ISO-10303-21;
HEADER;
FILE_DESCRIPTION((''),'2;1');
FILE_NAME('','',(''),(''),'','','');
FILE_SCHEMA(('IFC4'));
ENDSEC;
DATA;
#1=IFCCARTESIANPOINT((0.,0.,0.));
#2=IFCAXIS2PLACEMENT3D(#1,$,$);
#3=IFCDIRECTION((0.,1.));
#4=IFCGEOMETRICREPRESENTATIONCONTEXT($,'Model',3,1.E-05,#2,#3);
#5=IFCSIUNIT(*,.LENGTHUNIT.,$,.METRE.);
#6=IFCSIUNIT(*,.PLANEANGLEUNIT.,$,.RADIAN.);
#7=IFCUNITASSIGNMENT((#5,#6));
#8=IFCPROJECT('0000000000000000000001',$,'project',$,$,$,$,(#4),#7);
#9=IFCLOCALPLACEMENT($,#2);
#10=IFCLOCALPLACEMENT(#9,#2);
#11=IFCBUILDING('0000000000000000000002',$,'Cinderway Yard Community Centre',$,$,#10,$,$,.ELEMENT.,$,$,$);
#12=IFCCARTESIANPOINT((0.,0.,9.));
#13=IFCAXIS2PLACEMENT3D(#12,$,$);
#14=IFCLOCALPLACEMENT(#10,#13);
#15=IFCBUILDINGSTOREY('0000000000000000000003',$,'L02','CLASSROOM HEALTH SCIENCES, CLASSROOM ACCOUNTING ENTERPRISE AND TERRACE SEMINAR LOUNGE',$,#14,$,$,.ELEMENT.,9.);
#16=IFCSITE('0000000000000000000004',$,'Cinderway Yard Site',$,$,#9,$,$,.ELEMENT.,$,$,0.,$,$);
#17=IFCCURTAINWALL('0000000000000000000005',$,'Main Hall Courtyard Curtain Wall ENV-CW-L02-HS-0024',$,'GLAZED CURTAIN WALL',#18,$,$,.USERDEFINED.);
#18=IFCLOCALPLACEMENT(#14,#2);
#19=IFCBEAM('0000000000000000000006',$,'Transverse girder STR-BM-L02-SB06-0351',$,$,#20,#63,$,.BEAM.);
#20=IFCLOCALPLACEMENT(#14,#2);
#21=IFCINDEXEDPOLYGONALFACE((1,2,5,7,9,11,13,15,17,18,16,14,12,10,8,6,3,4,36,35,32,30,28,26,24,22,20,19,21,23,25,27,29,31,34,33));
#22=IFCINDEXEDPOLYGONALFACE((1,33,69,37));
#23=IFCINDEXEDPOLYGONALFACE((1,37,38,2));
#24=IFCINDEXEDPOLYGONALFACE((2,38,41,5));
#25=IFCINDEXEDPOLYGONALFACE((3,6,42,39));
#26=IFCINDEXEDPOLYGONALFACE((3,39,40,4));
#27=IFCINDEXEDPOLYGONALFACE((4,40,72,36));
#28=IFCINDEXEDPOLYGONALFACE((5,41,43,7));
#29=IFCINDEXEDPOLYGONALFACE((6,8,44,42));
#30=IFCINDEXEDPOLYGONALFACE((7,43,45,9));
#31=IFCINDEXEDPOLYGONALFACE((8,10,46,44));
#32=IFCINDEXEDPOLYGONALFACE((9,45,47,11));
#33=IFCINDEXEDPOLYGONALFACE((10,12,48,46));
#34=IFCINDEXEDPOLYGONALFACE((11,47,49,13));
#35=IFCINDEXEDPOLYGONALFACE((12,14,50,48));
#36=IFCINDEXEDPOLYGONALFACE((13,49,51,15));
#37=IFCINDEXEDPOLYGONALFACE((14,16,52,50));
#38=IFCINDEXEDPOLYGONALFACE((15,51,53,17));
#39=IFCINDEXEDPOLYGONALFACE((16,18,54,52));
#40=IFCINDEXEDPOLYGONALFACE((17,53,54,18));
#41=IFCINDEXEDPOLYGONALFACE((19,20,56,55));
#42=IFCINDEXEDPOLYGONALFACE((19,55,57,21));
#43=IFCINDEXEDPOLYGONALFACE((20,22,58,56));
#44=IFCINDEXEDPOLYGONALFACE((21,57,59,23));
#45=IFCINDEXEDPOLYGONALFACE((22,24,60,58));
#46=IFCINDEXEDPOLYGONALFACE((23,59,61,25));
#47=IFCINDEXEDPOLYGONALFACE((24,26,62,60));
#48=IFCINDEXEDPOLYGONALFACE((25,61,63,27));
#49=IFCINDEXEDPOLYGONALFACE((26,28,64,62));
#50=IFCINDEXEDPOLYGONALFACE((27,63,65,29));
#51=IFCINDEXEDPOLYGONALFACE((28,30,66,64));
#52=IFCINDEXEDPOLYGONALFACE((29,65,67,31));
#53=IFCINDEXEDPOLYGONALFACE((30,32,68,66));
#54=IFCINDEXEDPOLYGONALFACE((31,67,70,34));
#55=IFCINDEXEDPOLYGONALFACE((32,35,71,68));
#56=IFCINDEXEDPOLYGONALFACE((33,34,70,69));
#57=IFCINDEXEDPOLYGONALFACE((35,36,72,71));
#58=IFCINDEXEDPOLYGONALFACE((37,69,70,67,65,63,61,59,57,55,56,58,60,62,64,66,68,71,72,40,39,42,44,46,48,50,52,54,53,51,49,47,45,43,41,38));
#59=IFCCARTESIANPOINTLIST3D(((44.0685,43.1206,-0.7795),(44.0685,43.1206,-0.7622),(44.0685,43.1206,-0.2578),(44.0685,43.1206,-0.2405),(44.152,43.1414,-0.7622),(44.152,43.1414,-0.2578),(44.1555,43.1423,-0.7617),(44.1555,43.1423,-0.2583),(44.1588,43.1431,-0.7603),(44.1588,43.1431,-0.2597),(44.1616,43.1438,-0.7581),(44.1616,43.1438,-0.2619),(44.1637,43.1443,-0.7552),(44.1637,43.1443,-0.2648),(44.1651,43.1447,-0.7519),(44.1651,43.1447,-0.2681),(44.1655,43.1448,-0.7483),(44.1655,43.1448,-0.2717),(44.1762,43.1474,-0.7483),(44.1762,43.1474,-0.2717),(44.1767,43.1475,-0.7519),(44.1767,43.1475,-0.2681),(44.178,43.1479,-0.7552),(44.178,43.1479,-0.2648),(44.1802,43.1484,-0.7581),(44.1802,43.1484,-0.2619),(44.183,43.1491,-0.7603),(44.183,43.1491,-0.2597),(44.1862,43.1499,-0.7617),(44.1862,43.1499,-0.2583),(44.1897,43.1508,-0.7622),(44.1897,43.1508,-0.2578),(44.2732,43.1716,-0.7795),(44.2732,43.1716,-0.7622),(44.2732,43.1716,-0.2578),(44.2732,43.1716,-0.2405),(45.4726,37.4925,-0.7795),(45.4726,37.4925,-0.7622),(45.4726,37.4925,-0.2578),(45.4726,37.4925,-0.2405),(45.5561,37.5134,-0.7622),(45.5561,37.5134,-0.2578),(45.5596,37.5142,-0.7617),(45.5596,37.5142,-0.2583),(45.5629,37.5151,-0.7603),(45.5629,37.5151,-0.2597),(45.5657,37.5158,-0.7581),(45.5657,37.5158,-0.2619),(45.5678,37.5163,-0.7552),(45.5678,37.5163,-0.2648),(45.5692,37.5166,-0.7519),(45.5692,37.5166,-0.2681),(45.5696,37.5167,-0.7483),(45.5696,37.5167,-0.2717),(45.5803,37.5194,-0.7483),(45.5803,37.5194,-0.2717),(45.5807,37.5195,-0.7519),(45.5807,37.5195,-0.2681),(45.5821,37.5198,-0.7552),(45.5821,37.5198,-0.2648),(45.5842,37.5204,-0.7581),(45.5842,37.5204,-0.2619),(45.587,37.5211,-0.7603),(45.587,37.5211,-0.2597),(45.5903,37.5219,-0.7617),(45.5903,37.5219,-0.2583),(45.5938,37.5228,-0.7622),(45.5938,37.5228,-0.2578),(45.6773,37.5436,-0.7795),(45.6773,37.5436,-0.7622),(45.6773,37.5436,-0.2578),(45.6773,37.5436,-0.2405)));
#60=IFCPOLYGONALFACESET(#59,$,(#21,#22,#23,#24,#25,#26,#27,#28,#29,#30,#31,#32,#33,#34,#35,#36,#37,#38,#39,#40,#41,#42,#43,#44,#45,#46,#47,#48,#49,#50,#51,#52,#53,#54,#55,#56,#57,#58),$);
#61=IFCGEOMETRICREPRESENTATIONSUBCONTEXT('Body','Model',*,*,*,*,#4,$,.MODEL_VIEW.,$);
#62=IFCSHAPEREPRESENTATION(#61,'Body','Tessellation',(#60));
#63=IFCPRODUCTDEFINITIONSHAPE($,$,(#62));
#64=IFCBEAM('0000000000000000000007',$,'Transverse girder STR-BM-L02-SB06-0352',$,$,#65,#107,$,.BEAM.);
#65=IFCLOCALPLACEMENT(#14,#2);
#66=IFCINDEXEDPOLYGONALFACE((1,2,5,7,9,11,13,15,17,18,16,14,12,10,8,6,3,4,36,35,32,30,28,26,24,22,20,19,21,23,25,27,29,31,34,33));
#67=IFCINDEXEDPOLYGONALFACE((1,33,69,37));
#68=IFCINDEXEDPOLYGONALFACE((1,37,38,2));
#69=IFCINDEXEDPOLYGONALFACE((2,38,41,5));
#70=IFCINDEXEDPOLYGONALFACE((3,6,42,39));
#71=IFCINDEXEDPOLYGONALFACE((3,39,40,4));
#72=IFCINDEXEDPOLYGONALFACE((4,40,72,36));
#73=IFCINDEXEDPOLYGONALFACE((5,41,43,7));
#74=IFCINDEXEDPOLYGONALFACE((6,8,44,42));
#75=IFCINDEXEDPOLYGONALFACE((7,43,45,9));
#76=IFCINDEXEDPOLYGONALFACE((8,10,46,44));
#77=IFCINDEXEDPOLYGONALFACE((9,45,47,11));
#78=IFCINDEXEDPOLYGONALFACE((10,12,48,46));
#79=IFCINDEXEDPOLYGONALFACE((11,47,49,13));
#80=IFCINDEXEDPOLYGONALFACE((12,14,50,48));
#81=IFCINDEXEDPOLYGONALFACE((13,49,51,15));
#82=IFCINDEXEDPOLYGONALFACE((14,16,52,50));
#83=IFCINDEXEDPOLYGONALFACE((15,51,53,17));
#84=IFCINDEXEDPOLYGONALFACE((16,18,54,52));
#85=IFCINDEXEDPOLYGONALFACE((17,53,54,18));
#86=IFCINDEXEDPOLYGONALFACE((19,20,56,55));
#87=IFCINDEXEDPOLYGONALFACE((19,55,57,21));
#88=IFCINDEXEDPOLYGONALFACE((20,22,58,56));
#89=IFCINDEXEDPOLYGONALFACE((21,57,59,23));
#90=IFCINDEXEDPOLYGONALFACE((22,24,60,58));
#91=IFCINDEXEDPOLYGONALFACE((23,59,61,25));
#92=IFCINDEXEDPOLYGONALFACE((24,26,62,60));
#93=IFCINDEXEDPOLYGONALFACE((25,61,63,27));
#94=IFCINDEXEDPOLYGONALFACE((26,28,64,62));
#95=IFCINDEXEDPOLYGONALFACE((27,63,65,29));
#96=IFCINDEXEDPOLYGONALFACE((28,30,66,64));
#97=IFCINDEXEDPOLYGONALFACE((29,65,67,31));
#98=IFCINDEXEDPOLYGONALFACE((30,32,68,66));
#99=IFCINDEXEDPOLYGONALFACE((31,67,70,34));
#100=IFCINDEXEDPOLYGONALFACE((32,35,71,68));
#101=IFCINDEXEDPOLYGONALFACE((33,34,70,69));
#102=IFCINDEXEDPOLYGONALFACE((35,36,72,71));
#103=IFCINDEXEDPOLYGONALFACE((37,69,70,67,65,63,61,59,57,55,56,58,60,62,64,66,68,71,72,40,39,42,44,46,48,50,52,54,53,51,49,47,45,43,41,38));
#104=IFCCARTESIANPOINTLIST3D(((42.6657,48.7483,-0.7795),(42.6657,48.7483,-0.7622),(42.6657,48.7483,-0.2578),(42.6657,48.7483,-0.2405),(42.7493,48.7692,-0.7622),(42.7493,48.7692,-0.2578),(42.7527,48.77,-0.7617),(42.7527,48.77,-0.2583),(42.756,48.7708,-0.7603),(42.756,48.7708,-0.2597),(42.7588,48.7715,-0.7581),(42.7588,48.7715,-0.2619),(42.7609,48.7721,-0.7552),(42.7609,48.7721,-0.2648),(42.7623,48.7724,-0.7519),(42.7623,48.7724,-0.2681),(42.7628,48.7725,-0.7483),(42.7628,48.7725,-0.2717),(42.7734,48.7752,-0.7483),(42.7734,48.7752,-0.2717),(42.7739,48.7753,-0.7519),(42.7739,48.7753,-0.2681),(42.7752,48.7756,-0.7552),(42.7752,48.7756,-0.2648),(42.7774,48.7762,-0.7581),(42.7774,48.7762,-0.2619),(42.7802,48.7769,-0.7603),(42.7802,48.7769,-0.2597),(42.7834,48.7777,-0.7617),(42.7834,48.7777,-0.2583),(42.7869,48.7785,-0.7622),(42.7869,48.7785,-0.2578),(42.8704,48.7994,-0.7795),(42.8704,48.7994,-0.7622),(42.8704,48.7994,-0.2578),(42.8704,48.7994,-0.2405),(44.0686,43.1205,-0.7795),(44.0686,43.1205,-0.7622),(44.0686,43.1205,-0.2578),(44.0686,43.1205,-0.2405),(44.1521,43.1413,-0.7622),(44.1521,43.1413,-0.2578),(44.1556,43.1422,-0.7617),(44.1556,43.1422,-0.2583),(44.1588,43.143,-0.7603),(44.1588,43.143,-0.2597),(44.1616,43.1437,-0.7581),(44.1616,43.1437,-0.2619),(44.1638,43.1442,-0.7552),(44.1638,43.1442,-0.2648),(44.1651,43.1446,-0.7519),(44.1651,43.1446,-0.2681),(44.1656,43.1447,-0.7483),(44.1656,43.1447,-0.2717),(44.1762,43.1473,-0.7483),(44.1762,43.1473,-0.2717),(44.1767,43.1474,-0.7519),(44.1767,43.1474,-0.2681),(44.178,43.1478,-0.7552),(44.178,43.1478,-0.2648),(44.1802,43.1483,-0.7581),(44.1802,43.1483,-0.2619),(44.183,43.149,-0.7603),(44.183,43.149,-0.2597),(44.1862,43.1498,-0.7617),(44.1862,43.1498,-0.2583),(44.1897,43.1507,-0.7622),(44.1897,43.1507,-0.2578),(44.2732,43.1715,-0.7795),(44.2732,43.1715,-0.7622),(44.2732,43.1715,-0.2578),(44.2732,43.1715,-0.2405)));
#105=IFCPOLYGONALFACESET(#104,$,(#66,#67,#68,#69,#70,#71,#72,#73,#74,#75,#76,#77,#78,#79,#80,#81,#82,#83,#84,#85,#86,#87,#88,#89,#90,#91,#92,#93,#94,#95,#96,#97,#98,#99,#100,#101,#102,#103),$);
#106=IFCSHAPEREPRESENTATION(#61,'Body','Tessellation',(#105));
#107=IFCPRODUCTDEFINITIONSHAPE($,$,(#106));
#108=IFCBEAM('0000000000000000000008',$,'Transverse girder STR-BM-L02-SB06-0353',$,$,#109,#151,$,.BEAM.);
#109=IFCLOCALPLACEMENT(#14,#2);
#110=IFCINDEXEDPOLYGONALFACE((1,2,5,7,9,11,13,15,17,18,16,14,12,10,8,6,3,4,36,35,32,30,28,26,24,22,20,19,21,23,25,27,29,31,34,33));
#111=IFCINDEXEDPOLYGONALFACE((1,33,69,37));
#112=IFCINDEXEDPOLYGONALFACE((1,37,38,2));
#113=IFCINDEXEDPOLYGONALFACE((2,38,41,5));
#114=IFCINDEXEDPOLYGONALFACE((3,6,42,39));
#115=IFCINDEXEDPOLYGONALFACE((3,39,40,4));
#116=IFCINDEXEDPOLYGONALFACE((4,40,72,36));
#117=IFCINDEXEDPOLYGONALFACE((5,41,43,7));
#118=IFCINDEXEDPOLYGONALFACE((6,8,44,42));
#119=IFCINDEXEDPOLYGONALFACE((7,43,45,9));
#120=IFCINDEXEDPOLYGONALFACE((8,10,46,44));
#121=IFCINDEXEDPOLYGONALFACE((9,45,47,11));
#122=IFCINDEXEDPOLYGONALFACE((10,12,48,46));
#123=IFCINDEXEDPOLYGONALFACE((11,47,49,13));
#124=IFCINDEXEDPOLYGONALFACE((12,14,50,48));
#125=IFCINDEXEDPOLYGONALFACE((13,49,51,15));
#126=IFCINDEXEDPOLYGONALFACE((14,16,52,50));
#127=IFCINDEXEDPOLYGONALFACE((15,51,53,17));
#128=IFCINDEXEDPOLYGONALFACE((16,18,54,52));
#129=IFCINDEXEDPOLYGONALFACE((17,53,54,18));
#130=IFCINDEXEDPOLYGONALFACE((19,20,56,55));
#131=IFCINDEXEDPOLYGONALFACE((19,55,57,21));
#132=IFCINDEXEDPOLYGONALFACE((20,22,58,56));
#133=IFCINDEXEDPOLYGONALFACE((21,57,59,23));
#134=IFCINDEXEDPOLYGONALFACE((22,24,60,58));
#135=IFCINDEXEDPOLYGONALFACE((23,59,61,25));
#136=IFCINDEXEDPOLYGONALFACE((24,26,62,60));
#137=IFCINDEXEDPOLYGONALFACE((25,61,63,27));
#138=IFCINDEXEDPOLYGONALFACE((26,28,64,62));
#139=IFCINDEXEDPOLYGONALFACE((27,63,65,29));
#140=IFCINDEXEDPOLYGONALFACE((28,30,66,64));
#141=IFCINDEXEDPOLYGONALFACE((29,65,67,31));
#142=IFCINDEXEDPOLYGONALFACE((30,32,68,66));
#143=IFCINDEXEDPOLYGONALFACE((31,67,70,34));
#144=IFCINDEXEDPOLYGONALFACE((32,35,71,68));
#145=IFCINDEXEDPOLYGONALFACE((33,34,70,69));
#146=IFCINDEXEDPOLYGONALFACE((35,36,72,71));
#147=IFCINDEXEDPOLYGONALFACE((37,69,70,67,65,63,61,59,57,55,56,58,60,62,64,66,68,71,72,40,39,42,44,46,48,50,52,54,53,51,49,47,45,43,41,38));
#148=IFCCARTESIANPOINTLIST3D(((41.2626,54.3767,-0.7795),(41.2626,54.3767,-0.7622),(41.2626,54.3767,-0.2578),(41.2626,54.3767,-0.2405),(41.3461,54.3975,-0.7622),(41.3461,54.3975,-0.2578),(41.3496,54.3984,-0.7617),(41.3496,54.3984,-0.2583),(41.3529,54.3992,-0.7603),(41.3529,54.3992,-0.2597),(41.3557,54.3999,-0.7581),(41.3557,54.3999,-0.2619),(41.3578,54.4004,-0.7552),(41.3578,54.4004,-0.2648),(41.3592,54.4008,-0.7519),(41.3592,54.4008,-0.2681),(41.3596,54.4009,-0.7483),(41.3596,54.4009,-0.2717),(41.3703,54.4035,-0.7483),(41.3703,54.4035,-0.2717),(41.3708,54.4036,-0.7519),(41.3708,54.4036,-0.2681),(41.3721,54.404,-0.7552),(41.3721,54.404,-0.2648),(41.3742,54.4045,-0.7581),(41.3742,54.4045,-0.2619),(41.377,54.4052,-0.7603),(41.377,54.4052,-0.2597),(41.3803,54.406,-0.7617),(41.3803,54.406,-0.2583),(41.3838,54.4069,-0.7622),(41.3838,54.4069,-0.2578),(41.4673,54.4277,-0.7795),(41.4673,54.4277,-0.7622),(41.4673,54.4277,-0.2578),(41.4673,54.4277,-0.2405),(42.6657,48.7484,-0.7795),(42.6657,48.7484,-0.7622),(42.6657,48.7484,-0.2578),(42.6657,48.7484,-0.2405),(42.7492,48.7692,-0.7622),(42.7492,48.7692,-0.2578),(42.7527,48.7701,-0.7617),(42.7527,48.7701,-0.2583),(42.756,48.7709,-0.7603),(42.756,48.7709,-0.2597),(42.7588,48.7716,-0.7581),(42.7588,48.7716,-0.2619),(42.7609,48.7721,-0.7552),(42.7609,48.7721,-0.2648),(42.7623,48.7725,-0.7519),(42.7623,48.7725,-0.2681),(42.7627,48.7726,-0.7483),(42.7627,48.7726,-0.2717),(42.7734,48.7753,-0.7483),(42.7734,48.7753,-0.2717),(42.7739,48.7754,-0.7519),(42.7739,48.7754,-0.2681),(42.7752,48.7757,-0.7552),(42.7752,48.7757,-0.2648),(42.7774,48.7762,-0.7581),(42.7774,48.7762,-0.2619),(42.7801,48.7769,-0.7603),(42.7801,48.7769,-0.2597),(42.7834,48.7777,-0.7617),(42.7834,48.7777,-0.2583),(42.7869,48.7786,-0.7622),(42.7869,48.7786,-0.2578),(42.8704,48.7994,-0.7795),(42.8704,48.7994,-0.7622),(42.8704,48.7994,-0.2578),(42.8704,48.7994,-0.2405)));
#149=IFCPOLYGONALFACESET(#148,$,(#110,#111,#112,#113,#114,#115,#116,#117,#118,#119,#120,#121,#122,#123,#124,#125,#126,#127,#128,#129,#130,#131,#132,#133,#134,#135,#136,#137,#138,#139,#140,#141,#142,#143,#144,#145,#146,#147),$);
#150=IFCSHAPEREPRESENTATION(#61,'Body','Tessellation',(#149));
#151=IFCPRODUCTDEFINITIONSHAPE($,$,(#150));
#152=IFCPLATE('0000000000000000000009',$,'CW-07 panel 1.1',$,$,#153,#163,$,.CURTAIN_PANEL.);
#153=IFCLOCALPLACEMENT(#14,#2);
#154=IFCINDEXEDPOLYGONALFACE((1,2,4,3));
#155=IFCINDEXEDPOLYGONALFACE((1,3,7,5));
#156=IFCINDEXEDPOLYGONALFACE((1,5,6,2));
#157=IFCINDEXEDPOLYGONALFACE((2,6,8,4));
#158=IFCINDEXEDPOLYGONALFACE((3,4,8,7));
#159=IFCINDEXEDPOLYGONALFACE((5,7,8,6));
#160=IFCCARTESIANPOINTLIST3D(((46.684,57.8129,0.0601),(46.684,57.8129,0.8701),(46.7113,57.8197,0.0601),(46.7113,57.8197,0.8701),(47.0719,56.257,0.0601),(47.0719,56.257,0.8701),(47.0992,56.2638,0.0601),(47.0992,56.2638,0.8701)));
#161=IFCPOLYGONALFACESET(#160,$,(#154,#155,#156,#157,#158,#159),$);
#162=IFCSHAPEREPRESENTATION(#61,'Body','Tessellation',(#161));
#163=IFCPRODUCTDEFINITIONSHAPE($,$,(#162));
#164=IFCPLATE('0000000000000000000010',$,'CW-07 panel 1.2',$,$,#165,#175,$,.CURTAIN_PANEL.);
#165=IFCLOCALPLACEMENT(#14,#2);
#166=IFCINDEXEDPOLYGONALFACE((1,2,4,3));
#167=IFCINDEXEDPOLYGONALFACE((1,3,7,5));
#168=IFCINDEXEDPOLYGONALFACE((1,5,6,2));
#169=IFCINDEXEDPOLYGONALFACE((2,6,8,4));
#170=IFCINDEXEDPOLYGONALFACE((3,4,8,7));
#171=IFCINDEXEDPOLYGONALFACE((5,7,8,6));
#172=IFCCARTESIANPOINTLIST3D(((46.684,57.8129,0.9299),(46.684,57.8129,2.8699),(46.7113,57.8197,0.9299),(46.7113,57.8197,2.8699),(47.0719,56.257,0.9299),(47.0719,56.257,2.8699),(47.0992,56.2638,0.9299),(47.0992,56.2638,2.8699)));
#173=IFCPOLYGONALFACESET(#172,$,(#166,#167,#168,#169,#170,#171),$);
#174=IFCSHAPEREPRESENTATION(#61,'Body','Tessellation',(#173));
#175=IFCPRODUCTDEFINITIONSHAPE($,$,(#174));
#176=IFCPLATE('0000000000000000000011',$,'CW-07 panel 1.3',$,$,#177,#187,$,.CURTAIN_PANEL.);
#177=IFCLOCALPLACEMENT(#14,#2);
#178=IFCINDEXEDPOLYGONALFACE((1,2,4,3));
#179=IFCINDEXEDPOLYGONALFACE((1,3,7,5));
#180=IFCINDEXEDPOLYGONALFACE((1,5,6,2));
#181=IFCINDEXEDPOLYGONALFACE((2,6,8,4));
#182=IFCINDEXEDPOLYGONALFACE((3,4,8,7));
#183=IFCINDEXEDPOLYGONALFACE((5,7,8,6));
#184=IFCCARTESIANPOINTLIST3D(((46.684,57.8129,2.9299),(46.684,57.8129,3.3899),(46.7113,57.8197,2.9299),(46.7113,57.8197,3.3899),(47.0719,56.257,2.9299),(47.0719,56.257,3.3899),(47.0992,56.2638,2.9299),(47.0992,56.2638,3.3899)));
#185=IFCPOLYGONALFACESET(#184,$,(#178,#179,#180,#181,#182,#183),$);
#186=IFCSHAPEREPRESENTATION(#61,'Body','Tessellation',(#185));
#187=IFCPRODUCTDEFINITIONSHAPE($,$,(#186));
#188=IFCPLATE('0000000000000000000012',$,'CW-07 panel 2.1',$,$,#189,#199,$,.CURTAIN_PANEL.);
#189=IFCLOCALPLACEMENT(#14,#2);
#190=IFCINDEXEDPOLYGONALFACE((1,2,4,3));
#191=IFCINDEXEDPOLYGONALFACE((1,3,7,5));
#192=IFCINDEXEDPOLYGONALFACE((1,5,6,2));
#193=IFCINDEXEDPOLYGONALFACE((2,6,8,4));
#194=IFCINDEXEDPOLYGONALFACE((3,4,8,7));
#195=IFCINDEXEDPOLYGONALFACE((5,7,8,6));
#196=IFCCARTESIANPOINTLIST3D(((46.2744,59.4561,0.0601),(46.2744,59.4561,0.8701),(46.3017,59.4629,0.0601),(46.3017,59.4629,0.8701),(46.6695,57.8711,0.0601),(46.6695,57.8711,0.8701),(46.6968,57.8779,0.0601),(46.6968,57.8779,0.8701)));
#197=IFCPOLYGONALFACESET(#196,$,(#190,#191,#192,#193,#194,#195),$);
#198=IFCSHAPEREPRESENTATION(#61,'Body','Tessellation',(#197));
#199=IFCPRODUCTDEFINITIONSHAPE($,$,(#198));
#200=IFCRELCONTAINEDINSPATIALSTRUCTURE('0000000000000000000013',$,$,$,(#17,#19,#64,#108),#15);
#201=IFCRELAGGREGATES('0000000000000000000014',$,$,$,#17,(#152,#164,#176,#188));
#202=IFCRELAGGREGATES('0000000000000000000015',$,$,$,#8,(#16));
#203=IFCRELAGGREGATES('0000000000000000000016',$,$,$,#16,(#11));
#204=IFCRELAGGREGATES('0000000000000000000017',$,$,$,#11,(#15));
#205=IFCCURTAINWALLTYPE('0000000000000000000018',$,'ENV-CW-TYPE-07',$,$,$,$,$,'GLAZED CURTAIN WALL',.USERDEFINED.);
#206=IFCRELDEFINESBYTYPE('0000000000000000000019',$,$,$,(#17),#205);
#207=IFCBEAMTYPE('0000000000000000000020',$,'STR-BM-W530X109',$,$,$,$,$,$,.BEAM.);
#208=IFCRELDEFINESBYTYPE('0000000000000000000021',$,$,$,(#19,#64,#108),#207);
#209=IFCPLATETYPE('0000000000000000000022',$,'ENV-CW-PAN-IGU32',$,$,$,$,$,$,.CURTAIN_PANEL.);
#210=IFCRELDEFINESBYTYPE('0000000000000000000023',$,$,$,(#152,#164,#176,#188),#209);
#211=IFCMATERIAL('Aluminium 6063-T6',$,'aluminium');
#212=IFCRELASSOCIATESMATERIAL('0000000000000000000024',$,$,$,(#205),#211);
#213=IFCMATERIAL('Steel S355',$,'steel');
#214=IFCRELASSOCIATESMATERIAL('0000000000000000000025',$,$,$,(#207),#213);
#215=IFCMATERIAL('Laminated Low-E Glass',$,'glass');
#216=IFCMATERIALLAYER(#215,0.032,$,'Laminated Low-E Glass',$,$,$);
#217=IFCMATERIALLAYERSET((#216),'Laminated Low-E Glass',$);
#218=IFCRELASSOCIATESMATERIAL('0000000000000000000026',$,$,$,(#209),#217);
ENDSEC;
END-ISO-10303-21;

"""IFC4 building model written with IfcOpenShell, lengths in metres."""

from ifc_helpers import new_model, si_unit, direction, frame, origin, origin_2d, place, context, subcontext, project, spatial, rectangle, i_section, extrude, material, layer, layer_set, material_profile, profile_set, type_object, element, aggregate, save


model = new_model("IFC4")

# Units and contexts
model_context = context("Model", 3, precision=1e-05, world=origin(), true_north=direction((0.0, 1.0)))
body_context = subcontext(model_context, "Body", "Model", "MODEL_VIEW")
ifc_project = project(units=[si_unit("LENGTHUNIT", "METRE"), si_unit("PLANEANGLEUNIT", "RADIAN")], contexts=[model_context])

# Site, building, storey
site_placement = place(None, origin())
site = spatial("IfcSite", under=ifc_project, at=site_placement, Name="Cinderway Yard Site", CompositionType="ELEMENT", RefElevation=0.0)
building_placement = place(site_placement, origin())
building = spatial("IfcBuilding", under=site, at=building_placement, Name="Cinderway Yard Community Centre", CompositionType="ELEMENT")
storey_placement = place(building_placement, frame((0.0, 0.0, 9.0)))
storey = spatial("IfcBuildingStorey", under=building, at=storey_placement, Name="L02", Description="CLASSROOM HEALTH SCIENCES, CLASSROOM ACCOUNTING ENTERPRISE AND TERRACE SEMINAR LOUNGE", CompositionType="ELEMENT", Elevation=9.0)

# Curtain wall
ifc_material_1 = material(Name="Aluminium 6063-T6", Category="aluminium")
curtain_wall_type = type_object("IfcCurtainWallType", Name="ENV-CW-TYPE-07", ElementType="GLAZED CURTAIN WALL", PredefinedType="USERDEFINED", material=ifc_material_1)
curtain_wall_placement = place(storey_placement, origin())
curtain_wall = element("IfcCurtainWall", 1, at=curtain_wall_placement, inside=storey, type_object=curtain_wall_type, Name="Main Hall Courtyard Curtain Wall ENV-CW-L02-HS-0024", ObjectType="GLAZED CURTAIN WALL", PredefinedType="USERDEFINED")

# Beams
ifc_material_2 = material(Name="Steel S355", Category="steel")
ifc_material_profile_1 = material_profile(ifc_material_2, i_section(OverallWidth=0.2109, OverallDepth=0.5391, WebThickness=0.011, FlangeThickness=0.0173, FilletRadius=0.0139, at=origin_2d()), Name="Steel S355")
ifc_profile_set_1 = profile_set([ifc_material_profile_1], Name="Steel S355")
beam_type_1 = type_object("IfcBeamType", Name="STR-BM-W530X109", PredefinedType="BEAM", material=ifc_profile_set_1)
beam_1_placement = place(storey_placement, frame((45.575, 37.5181, -0.51), z_axis=(-0.24206, 0.970261, 0.0), x_axis=(-0.970261, -0.24206, 0.0)))
element("IfcBeam", 2, at=beam_1_placement, inside=storey, type_object=beam_type_1, Name="Transverse girder STR-BM-L02-SB06-0351", PredefinedType="BEAM", context=body_context, shape_type="SweptSolid", body=[
    extrude(i_section(OverallWidth=0.2109, OverallDepth=0.5391, WebThickness=0.011, FlangeThickness=0.0173, FilletRadius=0.0139, at=origin_2d()), origin(), (0.0, 0.0, 1.0), 5.8005),
])
beam_2_placement = place(storey_placement, frame((44.1709, 43.146, -0.51), z_axis=(-0.241862, 0.970311, 0.0), x_axis=(-0.970311, -0.241862, 0.0)))
element("IfcBeam", 3, at=beam_2_placement, inside=storey, type_object=beam_type_1, Name="Transverse girder STR-BM-L02-SB06-0352", PredefinedType="BEAM", context=body_context, shape_type="SweptSolid", body=[
    extrude(i_section(OverallWidth=0.2109, OverallDepth=0.5391, WebThickness=0.011, FlangeThickness=0.0173, FilletRadius=0.0139, at=origin_2d()), origin(), (0.0, 0.0, 1.0), 5.8),
])
beam_3_placement = place(storey_placement, frame((42.7681, 48.7739, -0.51), z_axis=(-0.241892, 0.970303, 0.0), x_axis=(-0.970303, -0.241892, 0.0)))
element("IfcBeam", 4, at=beam_3_placement, inside=storey, type_object=beam_type_1, Name="Transverse girder STR-BM-L02-SB06-0353", PredefinedType="BEAM", context=body_context, shape_type="SweptSolid", body=[
    extrude(i_section(OverallWidth=0.2109, OverallDepth=0.5391, WebThickness=0.011, FlangeThickness=0.0173, FilletRadius=0.0139, at=origin_2d()), origin(), (0.0, 0.0, 1.0), 5.8005),
])

# Plates
ifc_material_3 = material(Name="Laminated Low-E Glass", Category="glass")
ifc_layer_1 = layer(ifc_material_3, 0.032, Name="Laminated Low-E Glass")
ifc_layer_set_1 = layer_set([ifc_layer_1], Name="Laminated Low-E Glass")
plate_type_1 = type_object("IfcPlateType", Name="ENV-CW-PAN-IGU32", PredefinedType="CURTAIN_PANEL", material=ifc_layer_set_1)
plate_1_placement = place(storey_placement, frame((46.8916, 57.0383, 0.0601), z_axis=(0.0, 0.0, 1.0), x_axis=(-0.241887, 0.970304, 0.0)))
plate_1 = element("IfcPlate", 5, at=plate_1_placement, type_object=plate_type_1, Name="CW-07 panel 1.1", PredefinedType="CURTAIN_PANEL", context=body_context, shape_type="SweptSolid", body=[
    extrude(rectangle(XDim=1.6035, YDim=0.0281, at=origin_2d()), origin(), (0.0, 0.0, 1.0), 0.8101),
])
plate_2_placement = place(storey_placement, frame((46.8916, 57.0383, 0.9299), z_axis=(0.0, 0.0, 1.0), x_axis=(-0.241887, 0.970304, 0.0)))
plate_2 = element("IfcPlate", 6, at=plate_2_placement, type_object=plate_type_1, Name="CW-07 panel 1.2", PredefinedType="CURTAIN_PANEL", context=body_context, shape_type="SweptSolid", body=[
    extrude(rectangle(XDim=1.6035, YDim=0.0281, at=origin_2d()), origin(), (0.0, 0.0, 1.0), 1.9399),
])
plate_3_placement = place(storey_placement, frame((46.8916, 57.0383, 2.9299), z_axis=(0.0, 0.0, 1.0), x_axis=(-0.241887, 0.970304, 0.0)))
plate_3 = element("IfcPlate", 7, at=plate_3_placement, type_object=plate_type_1, Name="CW-07 panel 1.3", PredefinedType="CURTAIN_PANEL", context=body_context, shape_type="SweptSolid", body=[
    extrude(rectangle(XDim=1.6035, YDim=0.0281, at=origin_2d()), origin(), (0.0, 0.0, 1.0), 0.46),
])
plate_4_placement = place(storey_placement, frame((46.4856, 58.667, 0.0601), z_axis=(0.0, 0.0, 1.0), x_axis=(-0.241887, 0.970304, 0.0)))
plate_4 = element("IfcPlate", 8, at=plate_4_placement, type_object=plate_type_1, Name="CW-07 panel 2.1", PredefinedType="CURTAIN_PANEL", context=body_context, shape_type="SweptSolid", body=[
    extrude(rectangle(XDim=1.6335, YDim=0.0281, at=origin_2d()), origin(), (0.0, 0.0, 1.0), 0.8101),
])
aggregate(curtain_wall, [plate_1, plate_2, plate_3, plate_4])

save(model, "model.ifc")
